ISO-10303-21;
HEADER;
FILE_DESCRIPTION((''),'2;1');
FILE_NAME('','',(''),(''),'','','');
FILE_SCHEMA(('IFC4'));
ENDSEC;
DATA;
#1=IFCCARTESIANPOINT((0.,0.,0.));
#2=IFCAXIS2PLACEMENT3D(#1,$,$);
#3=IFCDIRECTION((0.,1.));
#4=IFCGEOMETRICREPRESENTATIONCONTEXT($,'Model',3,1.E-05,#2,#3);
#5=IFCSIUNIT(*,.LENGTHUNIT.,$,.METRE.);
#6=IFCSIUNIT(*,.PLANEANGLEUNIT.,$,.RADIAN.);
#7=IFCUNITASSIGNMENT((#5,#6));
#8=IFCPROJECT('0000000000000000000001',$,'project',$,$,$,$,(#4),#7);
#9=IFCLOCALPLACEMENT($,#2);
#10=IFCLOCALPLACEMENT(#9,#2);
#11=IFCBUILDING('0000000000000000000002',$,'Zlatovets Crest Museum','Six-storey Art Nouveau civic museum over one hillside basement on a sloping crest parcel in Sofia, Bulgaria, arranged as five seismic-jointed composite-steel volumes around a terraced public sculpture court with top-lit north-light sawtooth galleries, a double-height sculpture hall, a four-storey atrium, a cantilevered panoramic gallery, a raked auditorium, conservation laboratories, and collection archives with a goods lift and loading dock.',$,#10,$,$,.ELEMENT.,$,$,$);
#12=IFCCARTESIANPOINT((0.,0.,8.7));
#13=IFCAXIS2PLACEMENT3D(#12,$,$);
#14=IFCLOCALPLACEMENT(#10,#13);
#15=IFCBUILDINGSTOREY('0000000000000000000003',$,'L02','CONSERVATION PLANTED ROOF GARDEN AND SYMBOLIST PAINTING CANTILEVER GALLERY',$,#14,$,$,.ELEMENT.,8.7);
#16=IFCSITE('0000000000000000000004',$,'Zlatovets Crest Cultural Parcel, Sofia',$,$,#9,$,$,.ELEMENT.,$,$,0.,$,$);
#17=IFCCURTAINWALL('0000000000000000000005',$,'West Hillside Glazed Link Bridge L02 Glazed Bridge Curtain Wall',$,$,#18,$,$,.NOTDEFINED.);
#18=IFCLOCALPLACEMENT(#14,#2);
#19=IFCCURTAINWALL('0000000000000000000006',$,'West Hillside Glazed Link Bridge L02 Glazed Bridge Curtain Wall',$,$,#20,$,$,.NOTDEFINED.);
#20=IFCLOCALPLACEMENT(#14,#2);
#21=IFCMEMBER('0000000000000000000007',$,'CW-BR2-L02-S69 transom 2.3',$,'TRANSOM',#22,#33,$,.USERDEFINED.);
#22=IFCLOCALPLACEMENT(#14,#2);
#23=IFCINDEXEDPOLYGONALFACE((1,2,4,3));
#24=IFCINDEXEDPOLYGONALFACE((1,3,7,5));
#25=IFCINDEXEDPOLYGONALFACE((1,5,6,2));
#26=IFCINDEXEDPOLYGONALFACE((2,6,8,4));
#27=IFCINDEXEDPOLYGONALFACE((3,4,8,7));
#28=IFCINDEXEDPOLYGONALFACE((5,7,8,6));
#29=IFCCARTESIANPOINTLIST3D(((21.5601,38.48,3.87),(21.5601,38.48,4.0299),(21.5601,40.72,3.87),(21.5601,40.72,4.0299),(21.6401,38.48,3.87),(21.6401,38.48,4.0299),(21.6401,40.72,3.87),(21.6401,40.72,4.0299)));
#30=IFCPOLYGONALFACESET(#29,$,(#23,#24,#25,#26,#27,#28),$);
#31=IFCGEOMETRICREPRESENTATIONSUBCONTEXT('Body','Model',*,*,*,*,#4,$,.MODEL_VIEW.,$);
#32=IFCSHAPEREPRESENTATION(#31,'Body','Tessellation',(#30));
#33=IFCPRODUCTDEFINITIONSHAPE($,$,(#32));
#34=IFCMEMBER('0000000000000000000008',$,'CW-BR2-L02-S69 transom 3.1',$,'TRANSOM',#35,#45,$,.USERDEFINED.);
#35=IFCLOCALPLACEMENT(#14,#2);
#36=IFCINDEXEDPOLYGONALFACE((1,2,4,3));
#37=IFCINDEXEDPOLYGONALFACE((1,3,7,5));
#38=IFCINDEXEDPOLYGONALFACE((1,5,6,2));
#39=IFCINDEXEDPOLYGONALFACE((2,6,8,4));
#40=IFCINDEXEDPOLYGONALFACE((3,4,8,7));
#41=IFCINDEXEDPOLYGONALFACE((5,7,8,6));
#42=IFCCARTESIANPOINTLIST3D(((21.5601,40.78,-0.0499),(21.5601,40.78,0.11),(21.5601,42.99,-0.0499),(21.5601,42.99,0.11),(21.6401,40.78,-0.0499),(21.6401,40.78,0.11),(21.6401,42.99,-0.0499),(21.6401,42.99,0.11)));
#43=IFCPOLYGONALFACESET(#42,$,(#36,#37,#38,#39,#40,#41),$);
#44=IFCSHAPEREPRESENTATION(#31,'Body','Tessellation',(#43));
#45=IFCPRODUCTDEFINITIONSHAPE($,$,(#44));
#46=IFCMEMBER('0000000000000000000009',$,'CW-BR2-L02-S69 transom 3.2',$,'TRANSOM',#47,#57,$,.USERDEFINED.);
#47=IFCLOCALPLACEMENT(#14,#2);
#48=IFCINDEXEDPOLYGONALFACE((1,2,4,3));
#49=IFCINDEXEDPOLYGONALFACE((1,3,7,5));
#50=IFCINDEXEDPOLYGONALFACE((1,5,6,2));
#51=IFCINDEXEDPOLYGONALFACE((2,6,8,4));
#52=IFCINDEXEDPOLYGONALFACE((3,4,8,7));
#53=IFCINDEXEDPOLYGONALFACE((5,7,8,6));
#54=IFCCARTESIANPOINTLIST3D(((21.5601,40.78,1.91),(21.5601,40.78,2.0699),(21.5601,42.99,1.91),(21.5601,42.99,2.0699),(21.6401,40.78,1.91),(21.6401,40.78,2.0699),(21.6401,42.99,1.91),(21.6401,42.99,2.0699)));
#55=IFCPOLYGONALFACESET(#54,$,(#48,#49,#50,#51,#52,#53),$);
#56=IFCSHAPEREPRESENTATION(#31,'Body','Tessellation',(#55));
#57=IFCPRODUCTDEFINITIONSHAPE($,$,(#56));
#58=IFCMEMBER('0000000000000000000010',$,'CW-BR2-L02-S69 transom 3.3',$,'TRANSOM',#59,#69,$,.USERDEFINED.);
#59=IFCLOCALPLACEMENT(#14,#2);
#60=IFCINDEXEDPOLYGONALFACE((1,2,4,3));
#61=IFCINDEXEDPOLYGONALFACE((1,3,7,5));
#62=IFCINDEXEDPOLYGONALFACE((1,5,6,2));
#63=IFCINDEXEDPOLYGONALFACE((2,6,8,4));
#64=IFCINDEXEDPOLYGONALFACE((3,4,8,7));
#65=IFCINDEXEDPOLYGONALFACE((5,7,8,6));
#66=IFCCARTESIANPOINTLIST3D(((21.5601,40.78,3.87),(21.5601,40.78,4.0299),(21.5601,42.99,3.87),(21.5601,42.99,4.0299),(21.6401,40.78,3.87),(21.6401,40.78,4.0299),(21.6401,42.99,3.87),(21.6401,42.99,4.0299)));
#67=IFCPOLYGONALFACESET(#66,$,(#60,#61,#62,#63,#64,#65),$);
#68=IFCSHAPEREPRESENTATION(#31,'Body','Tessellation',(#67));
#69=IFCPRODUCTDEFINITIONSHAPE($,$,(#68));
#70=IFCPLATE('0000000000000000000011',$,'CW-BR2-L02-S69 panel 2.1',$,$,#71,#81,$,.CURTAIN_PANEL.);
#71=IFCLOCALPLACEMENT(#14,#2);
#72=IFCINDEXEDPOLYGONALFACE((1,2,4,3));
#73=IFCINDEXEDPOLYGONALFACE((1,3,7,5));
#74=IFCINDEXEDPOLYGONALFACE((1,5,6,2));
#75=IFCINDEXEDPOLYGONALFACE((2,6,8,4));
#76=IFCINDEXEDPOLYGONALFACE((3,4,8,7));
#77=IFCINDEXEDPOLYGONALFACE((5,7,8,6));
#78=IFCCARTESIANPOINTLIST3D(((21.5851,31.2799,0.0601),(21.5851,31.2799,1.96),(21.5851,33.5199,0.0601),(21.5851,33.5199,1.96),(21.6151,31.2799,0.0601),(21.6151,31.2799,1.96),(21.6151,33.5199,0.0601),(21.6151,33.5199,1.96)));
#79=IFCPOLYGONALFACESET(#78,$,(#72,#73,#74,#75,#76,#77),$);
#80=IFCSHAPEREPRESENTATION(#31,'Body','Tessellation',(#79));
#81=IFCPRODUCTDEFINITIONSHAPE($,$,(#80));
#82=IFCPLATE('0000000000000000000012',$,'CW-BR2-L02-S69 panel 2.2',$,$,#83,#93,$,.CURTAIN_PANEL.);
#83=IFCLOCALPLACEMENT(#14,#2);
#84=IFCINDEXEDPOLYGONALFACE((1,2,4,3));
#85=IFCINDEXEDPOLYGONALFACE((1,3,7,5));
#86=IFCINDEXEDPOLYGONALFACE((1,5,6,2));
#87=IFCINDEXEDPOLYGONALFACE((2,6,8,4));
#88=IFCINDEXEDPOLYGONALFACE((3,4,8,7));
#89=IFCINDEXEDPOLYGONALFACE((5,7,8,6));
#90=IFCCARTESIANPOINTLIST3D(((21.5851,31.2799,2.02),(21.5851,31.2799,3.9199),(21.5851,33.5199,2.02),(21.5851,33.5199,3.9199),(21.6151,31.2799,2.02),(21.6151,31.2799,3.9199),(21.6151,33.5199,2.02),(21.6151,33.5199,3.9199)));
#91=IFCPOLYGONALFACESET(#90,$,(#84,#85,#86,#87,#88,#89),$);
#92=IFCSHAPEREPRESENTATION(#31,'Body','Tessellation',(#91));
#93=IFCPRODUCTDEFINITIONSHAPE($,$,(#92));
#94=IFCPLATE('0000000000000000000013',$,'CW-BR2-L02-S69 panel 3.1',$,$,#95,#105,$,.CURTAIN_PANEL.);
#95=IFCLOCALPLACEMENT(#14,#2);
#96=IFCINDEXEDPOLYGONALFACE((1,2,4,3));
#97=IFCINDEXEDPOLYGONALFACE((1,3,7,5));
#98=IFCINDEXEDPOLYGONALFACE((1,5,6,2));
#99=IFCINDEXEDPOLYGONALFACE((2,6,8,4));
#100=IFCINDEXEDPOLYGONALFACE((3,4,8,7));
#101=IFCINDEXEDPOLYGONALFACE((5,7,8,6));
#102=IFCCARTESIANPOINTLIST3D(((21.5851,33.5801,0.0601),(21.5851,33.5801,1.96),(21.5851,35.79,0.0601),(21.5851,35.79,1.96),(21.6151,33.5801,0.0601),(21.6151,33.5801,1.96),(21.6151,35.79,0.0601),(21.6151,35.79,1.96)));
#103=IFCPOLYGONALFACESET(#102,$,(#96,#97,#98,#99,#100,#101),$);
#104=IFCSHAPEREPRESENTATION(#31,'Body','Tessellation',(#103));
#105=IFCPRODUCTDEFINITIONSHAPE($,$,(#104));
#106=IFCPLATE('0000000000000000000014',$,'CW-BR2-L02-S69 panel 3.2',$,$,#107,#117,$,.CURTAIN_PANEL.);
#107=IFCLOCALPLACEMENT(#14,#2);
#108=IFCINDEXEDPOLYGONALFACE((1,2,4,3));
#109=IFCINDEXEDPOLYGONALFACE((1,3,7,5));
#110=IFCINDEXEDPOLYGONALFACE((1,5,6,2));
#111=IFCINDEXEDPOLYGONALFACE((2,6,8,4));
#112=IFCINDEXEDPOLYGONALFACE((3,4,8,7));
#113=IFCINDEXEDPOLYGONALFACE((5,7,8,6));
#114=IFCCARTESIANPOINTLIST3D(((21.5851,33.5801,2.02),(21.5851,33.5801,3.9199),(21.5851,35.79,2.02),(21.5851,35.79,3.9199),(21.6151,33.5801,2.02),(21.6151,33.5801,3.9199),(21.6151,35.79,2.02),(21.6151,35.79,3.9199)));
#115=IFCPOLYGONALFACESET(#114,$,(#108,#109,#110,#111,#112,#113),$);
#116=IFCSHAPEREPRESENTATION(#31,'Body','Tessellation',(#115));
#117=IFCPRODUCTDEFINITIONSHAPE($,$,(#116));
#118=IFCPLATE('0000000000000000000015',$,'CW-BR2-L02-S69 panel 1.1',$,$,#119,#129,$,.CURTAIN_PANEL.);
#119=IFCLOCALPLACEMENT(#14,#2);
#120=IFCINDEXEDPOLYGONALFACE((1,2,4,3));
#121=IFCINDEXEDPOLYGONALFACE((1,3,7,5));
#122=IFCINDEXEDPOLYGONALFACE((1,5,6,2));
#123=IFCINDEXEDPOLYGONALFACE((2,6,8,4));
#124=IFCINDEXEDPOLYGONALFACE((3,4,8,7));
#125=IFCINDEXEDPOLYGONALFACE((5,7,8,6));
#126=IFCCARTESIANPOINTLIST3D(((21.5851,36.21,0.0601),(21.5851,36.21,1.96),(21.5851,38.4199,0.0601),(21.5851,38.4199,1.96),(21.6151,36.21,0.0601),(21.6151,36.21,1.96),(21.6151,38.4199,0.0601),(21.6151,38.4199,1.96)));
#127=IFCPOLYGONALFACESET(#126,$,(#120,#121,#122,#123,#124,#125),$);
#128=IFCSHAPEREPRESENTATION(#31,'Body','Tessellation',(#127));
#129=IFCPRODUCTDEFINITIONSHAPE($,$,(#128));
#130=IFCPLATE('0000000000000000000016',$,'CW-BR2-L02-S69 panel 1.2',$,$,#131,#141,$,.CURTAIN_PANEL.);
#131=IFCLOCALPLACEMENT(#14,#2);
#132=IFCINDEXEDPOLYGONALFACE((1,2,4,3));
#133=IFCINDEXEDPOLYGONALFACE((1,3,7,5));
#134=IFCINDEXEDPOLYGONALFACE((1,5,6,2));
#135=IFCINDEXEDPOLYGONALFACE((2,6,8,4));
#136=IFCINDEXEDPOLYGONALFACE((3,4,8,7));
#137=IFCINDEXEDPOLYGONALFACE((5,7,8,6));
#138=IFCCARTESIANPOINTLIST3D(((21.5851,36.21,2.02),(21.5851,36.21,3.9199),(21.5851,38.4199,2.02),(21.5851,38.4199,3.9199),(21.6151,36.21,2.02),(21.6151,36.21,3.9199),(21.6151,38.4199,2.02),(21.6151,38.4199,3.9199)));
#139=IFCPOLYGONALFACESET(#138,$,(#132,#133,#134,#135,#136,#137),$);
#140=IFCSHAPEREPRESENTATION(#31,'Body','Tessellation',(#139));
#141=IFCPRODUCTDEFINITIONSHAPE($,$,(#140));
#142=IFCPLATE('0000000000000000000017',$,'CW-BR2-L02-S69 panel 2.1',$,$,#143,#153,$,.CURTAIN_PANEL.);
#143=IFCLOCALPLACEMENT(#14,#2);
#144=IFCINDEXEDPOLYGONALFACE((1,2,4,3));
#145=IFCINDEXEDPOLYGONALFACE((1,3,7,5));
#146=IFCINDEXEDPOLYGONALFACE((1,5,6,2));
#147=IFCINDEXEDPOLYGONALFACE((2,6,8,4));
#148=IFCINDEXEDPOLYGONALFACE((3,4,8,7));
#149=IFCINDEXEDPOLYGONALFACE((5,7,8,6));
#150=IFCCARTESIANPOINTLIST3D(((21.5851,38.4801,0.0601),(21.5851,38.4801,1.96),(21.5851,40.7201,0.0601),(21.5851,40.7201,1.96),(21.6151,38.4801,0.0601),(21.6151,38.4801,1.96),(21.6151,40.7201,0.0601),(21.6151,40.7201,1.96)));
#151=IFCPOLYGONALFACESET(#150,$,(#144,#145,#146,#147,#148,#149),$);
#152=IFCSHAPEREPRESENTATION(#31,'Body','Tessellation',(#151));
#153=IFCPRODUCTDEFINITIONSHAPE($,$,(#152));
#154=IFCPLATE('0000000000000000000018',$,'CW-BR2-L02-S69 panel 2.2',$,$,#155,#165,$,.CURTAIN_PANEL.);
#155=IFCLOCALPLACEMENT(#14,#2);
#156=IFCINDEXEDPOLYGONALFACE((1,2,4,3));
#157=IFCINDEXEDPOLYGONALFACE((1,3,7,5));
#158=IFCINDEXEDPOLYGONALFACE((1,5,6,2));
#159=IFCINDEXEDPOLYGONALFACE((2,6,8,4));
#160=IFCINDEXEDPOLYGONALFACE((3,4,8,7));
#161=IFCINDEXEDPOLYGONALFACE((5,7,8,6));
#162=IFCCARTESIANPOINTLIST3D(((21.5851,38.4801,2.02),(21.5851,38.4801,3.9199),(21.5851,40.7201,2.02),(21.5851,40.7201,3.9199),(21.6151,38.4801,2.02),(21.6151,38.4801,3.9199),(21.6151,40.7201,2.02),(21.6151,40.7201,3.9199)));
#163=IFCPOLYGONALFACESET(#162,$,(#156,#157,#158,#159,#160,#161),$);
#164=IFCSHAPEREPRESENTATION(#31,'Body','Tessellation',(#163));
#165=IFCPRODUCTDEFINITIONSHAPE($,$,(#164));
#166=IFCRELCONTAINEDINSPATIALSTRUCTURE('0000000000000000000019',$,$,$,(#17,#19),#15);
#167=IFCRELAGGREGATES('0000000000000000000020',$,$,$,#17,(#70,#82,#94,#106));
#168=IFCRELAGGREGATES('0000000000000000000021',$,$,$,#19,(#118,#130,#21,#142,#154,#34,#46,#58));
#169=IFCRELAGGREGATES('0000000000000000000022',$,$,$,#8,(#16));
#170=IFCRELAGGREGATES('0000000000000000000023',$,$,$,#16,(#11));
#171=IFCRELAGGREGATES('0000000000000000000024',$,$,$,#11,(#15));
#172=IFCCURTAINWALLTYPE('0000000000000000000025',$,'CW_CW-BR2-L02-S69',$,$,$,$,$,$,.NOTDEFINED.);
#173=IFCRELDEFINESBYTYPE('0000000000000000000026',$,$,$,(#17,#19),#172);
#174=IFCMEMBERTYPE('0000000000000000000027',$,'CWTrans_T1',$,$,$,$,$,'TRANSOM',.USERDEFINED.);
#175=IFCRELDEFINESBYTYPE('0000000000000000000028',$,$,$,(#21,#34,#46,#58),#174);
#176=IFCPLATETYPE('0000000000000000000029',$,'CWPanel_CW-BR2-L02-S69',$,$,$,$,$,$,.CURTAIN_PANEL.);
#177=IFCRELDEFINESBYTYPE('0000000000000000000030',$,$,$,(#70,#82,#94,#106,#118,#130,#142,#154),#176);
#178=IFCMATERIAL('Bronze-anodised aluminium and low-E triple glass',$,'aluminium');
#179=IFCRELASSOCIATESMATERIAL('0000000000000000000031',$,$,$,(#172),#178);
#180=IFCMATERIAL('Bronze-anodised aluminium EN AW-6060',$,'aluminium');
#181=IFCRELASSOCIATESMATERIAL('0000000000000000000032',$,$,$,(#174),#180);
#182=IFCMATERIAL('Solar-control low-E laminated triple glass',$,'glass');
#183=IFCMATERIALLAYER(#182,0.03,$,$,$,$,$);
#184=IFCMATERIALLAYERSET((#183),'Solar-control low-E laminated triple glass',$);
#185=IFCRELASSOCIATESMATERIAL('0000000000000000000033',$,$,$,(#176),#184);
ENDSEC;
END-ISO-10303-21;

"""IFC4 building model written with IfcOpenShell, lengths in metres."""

from ifc_helpers import new_model, si_unit, direction, frame, origin, origin_2d, place, context, subcontext, project, spatial, rectangle, extrude, material, layer, layer_set, material_profile, profile_set, type_object, element, aggregate, save


model = new_model("IFC4")

# Units and contexts
model_context = context("Model", 3, precision=1e-05, world=origin(), true_north=direction((0.0, 1.0)))
body_context = subcontext(model_context, "Body", "Model", "MODEL_VIEW")
ifc_project = project(units=[si_unit("LENGTHUNIT", "METRE"), si_unit("PLANEANGLEUNIT", "RADIAN")], contexts=[model_context])

# Site, building, storey
site_placement = place(None, origin())
site = spatial("IfcSite", under=ifc_project, at=site_placement, Name="Zlatovets Crest Cultural Parcel, Sofia", CompositionType="ELEMENT", RefElevation=0.0)
building_placement = place(site_placement, origin())
building = spatial("IfcBuilding", under=site, at=building_placement, Name="Zlatovets Crest Museum", Description="Six-storey Art Nouveau civic museum over one hillside basement on a sloping crest parcel in Sofia, Bulgaria, arranged as five seismic-jointed composite-steel volumes around a terraced public sculpture court with top-lit north-light sawtooth galleries, a double-height sculpture hall, a four-storey atrium, a cantilevered panoramic gallery, a raked auditorium, conservation laboratories, and collection archives with a goods lift and loading dock.", CompositionType="ELEMENT")
storey_placement = place(building_placement, frame((0.0, 0.0, 8.7)))
storey = spatial("IfcBuildingStorey", under=building, at=storey_placement, Name="L02", Description="CONSERVATION PLANTED ROOF GARDEN AND SYMBOLIST PAINTING CANTILEVER GALLERY", CompositionType="ELEMENT", Elevation=8.7)

# Shared definitions
ifc_material_1 = material(Name="Bronze-anodised aluminium and low-E triple glass", Category="aluminium")
curtain_wall_type = type_object("IfcCurtainWallType", Name="CW_CW-BR2-L02-S69", PredefinedType="NOTDEFINED", material=ifc_material_1)
ifc_material_2 = material(Name="Bronze-anodised aluminium EN AW-6060", Category="aluminium")

# Curtain walls
curtain_wall_1_placement = place(storey_placement, origin())
curtain_wall_1 = element("IfcCurtainWall", 1, at=curtain_wall_1_placement, inside=storey, type_object=curtain_wall_type, Name="West Hillside Glazed Link Bridge L02 Glazed Bridge Curtain Wall", PredefinedType="NOTDEFINED")
curtain_wall_2_placement = place(storey_placement, origin())
curtain_wall_2 = element("IfcCurtainWall", 2, at=curtain_wall_2_placement, inside=storey, type_object=curtain_wall_type, Name="West Hillside Glazed Link Bridge L02 Glazed Bridge Curtain Wall", PredefinedType="NOTDEFINED")

# Members
ifc_material_profile_1 = material_profile(ifc_material_2, rectangle(XDim=0.0801, YDim=0.1599, at=origin_2d()), Name="ALU 80x160")
ifc_profile_set_1 = profile_set([ifc_material_profile_1], Name="Bronze-anodised aluminium EN AW-6060")
member_type_1 = type_object("IfcMemberType", Name="CWTrans_T1", ElementType="TRANSOM", PredefinedType="USERDEFINED", material=ifc_profile_set_1)
member_1_placement = place(storey_placement, frame((21.6001, 38.48, 3.95), z_axis=(0.0, 1.0, 0.0), x_axis=(-1.0, 0.0, 0.0)))
member_1 = element("IfcMember", 3, at=member_1_placement, type_object=member_type_1, Name="CW-BR2-L02-S69 transom 2.3", ObjectType="TRANSOM", PredefinedType="USERDEFINED", context=body_context, shape_type="SweptSolid", body=[
    extrude(rectangle(XDim=0.0801, YDim=0.1599, at=origin_2d()), origin(), (0.0, 0.0, 1.0), 2.24),
])
member_2_placement = place(storey_placement, frame((21.6001, 40.78, 0.03), z_axis=(0.0, 1.0, 0.0), x_axis=(-1.0, 0.0, 0.0)))
member_2 = element("IfcMember", 4, at=member_2_placement, type_object=member_type_1, Name="CW-BR2-L02-S69 transom 3.1", ObjectType="TRANSOM", PredefinedType="USERDEFINED", context=body_context, shape_type="SweptSolid", body=[
    extrude(rectangle(XDim=0.0801, YDim=0.1599, at=origin_2d()), origin(), (0.0, 0.0, 1.0), 2.21),
])
member_3_placement = place(storey_placement, frame((21.6001, 40.78, 1.99), z_axis=(0.0, 1.0, 0.0), x_axis=(-1.0, 0.0, 0.0)))
member_3 = element("IfcMember", 5, at=member_3_placement, type_object=member_type_1, Name="CW-BR2-L02-S69 transom 3.2", ObjectType="TRANSOM", PredefinedType="USERDEFINED", context=body_context, shape_type="SweptSolid", body=[
    extrude(rectangle(XDim=0.0801, YDim=0.1599, at=origin_2d()), origin(), (0.0, 0.0, 1.0), 2.21),
])
member_4_placement = place(storey_placement, frame((21.6001, 40.78, 3.95), z_axis=(0.0, 1.0, 0.0), x_axis=(-1.0, 0.0, 0.0)))
member_4 = element("IfcMember", 6, at=member_4_placement, type_object=member_type_1, Name="CW-BR2-L02-S69 transom 3.3", ObjectType="TRANSOM", PredefinedType="USERDEFINED", context=body_context, shape_type="SweptSolid", body=[
    extrude(rectangle(XDim=0.0801, YDim=0.1599, at=origin_2d()), origin(), (0.0, 0.0, 1.0), 2.21),
])

# Plates
ifc_material_3 = material(Name="Solar-control low-E laminated triple glass", Category="glass")
ifc_layer = layer(ifc_material_3, 0.03)
ifc_layer_set = layer_set([ifc_layer], Name="Solar-control low-E laminated triple glass")
plate_type = type_object("IfcPlateType", Name="CWPanel_CW-BR2-L02-S69", PredefinedType="CURTAIN_PANEL", material=ifc_layer_set)
plate_1_placement = place(storey_placement, frame((21.6001, 32.3999, 0.0601), z_axis=(0.0, 0.0, 1.0), x_axis=(0.0, 1.0, 0.0)))
plate_1 = element("IfcPlate", 7, at=plate_1_placement, type_object=plate_type, Name="CW-BR2-L02-S69 panel 2.1", PredefinedType="CURTAIN_PANEL", context=body_context, shape_type="SweptSolid", body=[
    extrude(rectangle(XDim=2.24, YDim=0.03, at=origin_2d()), origin(), (0.0, 0.0, 1.0), 1.8999),
])
plate_2_placement = place(storey_placement, frame((21.6001, 32.3999, 2.02), z_axis=(0.0, 0.0, 1.0), x_axis=(0.0, 1.0, 0.0)))
plate_2 = element("IfcPlate", 8, at=plate_2_placement, type_object=plate_type, Name="CW-BR2-L02-S69 panel 2.2", PredefinedType="CURTAIN_PANEL", context=body_context, shape_type="SweptSolid", body=[
    extrude(rectangle(XDim=2.24, YDim=0.03, at=origin_2d()), origin(), (0.0, 0.0, 1.0), 1.8999),
])
plate_3_placement = place(storey_placement, frame((21.6001, 34.6851, 0.0601), z_axis=(0.0, 0.0, 1.0), x_axis=(0.0, 1.0, 0.0)))
plate_3 = element("IfcPlate", 9, at=plate_3_placement, type_object=plate_type, Name="CW-BR2-L02-S69 panel 3.1", PredefinedType="CURTAIN_PANEL", context=body_context, shape_type="SweptSolid", body=[
    extrude(rectangle(XDim=2.21, YDim=0.03, at=origin_2d()), origin(), (0.0, 0.0, 1.0), 1.8999),
])
plate_4_placement = place(storey_placement, frame((21.6001, 34.6851, 2.02), z_axis=(0.0, 0.0, 1.0), x_axis=(0.0, 1.0, 0.0)))
plate_4 = element("IfcPlate", 10, at=plate_4_placement, type_object=plate_type, Name="CW-BR2-L02-S69 panel 3.2", PredefinedType="CURTAIN_PANEL", context=body_context, shape_type="SweptSolid", body=[
    extrude(rectangle(XDim=2.21, YDim=0.03, at=origin_2d()), origin(), (0.0, 0.0, 1.0), 1.8999),
])
aggregate(curtain_wall_1, [plate_1, plate_2, plate_3, plate_4])
plate_5_placement = place(storey_placement, frame((21.6001, 37.3149, 0.0601), z_axis=(0.0, 0.0, 1.0), x_axis=(0.0, 1.0, 0.0)))
plate_5 = element("IfcPlate", 11, at=plate_5_placement, type_object=plate_type, Name="CW-BR2-L02-S69 panel 1.1", PredefinedType="CURTAIN_PANEL", context=body_context, shape_type="SweptSolid", body=[
    extrude(rectangle(XDim=2.21, YDim=0.03, at=origin_2d()), origin(), (0.0, 0.0, 1.0), 1.8999),
])
plate_6_placement = place(storey_placement, frame((21.6001, 37.3149, 2.02), z_axis=(0.0, 0.0, 1.0), x_axis=(0.0, 1.0, 0.0)))
plate_6 = element("IfcPlate", 12, at=plate_6_placement, type_object=plate_type, Name="CW-BR2-L02-S69 panel 1.2", PredefinedType="CURTAIN_PANEL", context=body_context, shape_type="SweptSolid", body=[
    extrude(rectangle(XDim=2.21, YDim=0.03, at=origin_2d()), origin(), (0.0, 0.0, 1.0), 1.8999),
])
plate_7_placement = place(storey_placement, frame((21.6001, 39.6001, 0.0601), z_axis=(0.0, 0.0, 1.0), x_axis=(0.0, 1.0, 0.0)))
plate_7 = element("IfcPlate", 13, at=plate_7_placement, type_object=plate_type, Name="CW-BR2-L02-S69 panel 2.1", PredefinedType="CURTAIN_PANEL", context=body_context, shape_type="SweptSolid", body=[
    extrude(rectangle(XDim=2.24, YDim=0.03, at=origin_2d()), origin(), (0.0, 0.0, 1.0), 1.8999),
])
plate_8_placement = place(storey_placement, frame((21.6001, 39.6001, 2.02), z_axis=(0.0, 0.0, 1.0), x_axis=(0.0, 1.0, 0.0)))
plate_8 = element("IfcPlate", 14, at=plate_8_placement, type_object=plate_type, Name="CW-BR2-L02-S69 panel 2.2", PredefinedType="CURTAIN_PANEL", context=body_context, shape_type="SweptSolid", body=[
    extrude(rectangle(XDim=2.24, YDim=0.03, at=origin_2d()), origin(), (0.0, 0.0, 1.0), 1.8999),
])
aggregate(curtain_wall_2, [plate_5, plate_6, member_1, plate_7, plate_8, member_2, member_3, member_4])

save(model, "model.ifc")
